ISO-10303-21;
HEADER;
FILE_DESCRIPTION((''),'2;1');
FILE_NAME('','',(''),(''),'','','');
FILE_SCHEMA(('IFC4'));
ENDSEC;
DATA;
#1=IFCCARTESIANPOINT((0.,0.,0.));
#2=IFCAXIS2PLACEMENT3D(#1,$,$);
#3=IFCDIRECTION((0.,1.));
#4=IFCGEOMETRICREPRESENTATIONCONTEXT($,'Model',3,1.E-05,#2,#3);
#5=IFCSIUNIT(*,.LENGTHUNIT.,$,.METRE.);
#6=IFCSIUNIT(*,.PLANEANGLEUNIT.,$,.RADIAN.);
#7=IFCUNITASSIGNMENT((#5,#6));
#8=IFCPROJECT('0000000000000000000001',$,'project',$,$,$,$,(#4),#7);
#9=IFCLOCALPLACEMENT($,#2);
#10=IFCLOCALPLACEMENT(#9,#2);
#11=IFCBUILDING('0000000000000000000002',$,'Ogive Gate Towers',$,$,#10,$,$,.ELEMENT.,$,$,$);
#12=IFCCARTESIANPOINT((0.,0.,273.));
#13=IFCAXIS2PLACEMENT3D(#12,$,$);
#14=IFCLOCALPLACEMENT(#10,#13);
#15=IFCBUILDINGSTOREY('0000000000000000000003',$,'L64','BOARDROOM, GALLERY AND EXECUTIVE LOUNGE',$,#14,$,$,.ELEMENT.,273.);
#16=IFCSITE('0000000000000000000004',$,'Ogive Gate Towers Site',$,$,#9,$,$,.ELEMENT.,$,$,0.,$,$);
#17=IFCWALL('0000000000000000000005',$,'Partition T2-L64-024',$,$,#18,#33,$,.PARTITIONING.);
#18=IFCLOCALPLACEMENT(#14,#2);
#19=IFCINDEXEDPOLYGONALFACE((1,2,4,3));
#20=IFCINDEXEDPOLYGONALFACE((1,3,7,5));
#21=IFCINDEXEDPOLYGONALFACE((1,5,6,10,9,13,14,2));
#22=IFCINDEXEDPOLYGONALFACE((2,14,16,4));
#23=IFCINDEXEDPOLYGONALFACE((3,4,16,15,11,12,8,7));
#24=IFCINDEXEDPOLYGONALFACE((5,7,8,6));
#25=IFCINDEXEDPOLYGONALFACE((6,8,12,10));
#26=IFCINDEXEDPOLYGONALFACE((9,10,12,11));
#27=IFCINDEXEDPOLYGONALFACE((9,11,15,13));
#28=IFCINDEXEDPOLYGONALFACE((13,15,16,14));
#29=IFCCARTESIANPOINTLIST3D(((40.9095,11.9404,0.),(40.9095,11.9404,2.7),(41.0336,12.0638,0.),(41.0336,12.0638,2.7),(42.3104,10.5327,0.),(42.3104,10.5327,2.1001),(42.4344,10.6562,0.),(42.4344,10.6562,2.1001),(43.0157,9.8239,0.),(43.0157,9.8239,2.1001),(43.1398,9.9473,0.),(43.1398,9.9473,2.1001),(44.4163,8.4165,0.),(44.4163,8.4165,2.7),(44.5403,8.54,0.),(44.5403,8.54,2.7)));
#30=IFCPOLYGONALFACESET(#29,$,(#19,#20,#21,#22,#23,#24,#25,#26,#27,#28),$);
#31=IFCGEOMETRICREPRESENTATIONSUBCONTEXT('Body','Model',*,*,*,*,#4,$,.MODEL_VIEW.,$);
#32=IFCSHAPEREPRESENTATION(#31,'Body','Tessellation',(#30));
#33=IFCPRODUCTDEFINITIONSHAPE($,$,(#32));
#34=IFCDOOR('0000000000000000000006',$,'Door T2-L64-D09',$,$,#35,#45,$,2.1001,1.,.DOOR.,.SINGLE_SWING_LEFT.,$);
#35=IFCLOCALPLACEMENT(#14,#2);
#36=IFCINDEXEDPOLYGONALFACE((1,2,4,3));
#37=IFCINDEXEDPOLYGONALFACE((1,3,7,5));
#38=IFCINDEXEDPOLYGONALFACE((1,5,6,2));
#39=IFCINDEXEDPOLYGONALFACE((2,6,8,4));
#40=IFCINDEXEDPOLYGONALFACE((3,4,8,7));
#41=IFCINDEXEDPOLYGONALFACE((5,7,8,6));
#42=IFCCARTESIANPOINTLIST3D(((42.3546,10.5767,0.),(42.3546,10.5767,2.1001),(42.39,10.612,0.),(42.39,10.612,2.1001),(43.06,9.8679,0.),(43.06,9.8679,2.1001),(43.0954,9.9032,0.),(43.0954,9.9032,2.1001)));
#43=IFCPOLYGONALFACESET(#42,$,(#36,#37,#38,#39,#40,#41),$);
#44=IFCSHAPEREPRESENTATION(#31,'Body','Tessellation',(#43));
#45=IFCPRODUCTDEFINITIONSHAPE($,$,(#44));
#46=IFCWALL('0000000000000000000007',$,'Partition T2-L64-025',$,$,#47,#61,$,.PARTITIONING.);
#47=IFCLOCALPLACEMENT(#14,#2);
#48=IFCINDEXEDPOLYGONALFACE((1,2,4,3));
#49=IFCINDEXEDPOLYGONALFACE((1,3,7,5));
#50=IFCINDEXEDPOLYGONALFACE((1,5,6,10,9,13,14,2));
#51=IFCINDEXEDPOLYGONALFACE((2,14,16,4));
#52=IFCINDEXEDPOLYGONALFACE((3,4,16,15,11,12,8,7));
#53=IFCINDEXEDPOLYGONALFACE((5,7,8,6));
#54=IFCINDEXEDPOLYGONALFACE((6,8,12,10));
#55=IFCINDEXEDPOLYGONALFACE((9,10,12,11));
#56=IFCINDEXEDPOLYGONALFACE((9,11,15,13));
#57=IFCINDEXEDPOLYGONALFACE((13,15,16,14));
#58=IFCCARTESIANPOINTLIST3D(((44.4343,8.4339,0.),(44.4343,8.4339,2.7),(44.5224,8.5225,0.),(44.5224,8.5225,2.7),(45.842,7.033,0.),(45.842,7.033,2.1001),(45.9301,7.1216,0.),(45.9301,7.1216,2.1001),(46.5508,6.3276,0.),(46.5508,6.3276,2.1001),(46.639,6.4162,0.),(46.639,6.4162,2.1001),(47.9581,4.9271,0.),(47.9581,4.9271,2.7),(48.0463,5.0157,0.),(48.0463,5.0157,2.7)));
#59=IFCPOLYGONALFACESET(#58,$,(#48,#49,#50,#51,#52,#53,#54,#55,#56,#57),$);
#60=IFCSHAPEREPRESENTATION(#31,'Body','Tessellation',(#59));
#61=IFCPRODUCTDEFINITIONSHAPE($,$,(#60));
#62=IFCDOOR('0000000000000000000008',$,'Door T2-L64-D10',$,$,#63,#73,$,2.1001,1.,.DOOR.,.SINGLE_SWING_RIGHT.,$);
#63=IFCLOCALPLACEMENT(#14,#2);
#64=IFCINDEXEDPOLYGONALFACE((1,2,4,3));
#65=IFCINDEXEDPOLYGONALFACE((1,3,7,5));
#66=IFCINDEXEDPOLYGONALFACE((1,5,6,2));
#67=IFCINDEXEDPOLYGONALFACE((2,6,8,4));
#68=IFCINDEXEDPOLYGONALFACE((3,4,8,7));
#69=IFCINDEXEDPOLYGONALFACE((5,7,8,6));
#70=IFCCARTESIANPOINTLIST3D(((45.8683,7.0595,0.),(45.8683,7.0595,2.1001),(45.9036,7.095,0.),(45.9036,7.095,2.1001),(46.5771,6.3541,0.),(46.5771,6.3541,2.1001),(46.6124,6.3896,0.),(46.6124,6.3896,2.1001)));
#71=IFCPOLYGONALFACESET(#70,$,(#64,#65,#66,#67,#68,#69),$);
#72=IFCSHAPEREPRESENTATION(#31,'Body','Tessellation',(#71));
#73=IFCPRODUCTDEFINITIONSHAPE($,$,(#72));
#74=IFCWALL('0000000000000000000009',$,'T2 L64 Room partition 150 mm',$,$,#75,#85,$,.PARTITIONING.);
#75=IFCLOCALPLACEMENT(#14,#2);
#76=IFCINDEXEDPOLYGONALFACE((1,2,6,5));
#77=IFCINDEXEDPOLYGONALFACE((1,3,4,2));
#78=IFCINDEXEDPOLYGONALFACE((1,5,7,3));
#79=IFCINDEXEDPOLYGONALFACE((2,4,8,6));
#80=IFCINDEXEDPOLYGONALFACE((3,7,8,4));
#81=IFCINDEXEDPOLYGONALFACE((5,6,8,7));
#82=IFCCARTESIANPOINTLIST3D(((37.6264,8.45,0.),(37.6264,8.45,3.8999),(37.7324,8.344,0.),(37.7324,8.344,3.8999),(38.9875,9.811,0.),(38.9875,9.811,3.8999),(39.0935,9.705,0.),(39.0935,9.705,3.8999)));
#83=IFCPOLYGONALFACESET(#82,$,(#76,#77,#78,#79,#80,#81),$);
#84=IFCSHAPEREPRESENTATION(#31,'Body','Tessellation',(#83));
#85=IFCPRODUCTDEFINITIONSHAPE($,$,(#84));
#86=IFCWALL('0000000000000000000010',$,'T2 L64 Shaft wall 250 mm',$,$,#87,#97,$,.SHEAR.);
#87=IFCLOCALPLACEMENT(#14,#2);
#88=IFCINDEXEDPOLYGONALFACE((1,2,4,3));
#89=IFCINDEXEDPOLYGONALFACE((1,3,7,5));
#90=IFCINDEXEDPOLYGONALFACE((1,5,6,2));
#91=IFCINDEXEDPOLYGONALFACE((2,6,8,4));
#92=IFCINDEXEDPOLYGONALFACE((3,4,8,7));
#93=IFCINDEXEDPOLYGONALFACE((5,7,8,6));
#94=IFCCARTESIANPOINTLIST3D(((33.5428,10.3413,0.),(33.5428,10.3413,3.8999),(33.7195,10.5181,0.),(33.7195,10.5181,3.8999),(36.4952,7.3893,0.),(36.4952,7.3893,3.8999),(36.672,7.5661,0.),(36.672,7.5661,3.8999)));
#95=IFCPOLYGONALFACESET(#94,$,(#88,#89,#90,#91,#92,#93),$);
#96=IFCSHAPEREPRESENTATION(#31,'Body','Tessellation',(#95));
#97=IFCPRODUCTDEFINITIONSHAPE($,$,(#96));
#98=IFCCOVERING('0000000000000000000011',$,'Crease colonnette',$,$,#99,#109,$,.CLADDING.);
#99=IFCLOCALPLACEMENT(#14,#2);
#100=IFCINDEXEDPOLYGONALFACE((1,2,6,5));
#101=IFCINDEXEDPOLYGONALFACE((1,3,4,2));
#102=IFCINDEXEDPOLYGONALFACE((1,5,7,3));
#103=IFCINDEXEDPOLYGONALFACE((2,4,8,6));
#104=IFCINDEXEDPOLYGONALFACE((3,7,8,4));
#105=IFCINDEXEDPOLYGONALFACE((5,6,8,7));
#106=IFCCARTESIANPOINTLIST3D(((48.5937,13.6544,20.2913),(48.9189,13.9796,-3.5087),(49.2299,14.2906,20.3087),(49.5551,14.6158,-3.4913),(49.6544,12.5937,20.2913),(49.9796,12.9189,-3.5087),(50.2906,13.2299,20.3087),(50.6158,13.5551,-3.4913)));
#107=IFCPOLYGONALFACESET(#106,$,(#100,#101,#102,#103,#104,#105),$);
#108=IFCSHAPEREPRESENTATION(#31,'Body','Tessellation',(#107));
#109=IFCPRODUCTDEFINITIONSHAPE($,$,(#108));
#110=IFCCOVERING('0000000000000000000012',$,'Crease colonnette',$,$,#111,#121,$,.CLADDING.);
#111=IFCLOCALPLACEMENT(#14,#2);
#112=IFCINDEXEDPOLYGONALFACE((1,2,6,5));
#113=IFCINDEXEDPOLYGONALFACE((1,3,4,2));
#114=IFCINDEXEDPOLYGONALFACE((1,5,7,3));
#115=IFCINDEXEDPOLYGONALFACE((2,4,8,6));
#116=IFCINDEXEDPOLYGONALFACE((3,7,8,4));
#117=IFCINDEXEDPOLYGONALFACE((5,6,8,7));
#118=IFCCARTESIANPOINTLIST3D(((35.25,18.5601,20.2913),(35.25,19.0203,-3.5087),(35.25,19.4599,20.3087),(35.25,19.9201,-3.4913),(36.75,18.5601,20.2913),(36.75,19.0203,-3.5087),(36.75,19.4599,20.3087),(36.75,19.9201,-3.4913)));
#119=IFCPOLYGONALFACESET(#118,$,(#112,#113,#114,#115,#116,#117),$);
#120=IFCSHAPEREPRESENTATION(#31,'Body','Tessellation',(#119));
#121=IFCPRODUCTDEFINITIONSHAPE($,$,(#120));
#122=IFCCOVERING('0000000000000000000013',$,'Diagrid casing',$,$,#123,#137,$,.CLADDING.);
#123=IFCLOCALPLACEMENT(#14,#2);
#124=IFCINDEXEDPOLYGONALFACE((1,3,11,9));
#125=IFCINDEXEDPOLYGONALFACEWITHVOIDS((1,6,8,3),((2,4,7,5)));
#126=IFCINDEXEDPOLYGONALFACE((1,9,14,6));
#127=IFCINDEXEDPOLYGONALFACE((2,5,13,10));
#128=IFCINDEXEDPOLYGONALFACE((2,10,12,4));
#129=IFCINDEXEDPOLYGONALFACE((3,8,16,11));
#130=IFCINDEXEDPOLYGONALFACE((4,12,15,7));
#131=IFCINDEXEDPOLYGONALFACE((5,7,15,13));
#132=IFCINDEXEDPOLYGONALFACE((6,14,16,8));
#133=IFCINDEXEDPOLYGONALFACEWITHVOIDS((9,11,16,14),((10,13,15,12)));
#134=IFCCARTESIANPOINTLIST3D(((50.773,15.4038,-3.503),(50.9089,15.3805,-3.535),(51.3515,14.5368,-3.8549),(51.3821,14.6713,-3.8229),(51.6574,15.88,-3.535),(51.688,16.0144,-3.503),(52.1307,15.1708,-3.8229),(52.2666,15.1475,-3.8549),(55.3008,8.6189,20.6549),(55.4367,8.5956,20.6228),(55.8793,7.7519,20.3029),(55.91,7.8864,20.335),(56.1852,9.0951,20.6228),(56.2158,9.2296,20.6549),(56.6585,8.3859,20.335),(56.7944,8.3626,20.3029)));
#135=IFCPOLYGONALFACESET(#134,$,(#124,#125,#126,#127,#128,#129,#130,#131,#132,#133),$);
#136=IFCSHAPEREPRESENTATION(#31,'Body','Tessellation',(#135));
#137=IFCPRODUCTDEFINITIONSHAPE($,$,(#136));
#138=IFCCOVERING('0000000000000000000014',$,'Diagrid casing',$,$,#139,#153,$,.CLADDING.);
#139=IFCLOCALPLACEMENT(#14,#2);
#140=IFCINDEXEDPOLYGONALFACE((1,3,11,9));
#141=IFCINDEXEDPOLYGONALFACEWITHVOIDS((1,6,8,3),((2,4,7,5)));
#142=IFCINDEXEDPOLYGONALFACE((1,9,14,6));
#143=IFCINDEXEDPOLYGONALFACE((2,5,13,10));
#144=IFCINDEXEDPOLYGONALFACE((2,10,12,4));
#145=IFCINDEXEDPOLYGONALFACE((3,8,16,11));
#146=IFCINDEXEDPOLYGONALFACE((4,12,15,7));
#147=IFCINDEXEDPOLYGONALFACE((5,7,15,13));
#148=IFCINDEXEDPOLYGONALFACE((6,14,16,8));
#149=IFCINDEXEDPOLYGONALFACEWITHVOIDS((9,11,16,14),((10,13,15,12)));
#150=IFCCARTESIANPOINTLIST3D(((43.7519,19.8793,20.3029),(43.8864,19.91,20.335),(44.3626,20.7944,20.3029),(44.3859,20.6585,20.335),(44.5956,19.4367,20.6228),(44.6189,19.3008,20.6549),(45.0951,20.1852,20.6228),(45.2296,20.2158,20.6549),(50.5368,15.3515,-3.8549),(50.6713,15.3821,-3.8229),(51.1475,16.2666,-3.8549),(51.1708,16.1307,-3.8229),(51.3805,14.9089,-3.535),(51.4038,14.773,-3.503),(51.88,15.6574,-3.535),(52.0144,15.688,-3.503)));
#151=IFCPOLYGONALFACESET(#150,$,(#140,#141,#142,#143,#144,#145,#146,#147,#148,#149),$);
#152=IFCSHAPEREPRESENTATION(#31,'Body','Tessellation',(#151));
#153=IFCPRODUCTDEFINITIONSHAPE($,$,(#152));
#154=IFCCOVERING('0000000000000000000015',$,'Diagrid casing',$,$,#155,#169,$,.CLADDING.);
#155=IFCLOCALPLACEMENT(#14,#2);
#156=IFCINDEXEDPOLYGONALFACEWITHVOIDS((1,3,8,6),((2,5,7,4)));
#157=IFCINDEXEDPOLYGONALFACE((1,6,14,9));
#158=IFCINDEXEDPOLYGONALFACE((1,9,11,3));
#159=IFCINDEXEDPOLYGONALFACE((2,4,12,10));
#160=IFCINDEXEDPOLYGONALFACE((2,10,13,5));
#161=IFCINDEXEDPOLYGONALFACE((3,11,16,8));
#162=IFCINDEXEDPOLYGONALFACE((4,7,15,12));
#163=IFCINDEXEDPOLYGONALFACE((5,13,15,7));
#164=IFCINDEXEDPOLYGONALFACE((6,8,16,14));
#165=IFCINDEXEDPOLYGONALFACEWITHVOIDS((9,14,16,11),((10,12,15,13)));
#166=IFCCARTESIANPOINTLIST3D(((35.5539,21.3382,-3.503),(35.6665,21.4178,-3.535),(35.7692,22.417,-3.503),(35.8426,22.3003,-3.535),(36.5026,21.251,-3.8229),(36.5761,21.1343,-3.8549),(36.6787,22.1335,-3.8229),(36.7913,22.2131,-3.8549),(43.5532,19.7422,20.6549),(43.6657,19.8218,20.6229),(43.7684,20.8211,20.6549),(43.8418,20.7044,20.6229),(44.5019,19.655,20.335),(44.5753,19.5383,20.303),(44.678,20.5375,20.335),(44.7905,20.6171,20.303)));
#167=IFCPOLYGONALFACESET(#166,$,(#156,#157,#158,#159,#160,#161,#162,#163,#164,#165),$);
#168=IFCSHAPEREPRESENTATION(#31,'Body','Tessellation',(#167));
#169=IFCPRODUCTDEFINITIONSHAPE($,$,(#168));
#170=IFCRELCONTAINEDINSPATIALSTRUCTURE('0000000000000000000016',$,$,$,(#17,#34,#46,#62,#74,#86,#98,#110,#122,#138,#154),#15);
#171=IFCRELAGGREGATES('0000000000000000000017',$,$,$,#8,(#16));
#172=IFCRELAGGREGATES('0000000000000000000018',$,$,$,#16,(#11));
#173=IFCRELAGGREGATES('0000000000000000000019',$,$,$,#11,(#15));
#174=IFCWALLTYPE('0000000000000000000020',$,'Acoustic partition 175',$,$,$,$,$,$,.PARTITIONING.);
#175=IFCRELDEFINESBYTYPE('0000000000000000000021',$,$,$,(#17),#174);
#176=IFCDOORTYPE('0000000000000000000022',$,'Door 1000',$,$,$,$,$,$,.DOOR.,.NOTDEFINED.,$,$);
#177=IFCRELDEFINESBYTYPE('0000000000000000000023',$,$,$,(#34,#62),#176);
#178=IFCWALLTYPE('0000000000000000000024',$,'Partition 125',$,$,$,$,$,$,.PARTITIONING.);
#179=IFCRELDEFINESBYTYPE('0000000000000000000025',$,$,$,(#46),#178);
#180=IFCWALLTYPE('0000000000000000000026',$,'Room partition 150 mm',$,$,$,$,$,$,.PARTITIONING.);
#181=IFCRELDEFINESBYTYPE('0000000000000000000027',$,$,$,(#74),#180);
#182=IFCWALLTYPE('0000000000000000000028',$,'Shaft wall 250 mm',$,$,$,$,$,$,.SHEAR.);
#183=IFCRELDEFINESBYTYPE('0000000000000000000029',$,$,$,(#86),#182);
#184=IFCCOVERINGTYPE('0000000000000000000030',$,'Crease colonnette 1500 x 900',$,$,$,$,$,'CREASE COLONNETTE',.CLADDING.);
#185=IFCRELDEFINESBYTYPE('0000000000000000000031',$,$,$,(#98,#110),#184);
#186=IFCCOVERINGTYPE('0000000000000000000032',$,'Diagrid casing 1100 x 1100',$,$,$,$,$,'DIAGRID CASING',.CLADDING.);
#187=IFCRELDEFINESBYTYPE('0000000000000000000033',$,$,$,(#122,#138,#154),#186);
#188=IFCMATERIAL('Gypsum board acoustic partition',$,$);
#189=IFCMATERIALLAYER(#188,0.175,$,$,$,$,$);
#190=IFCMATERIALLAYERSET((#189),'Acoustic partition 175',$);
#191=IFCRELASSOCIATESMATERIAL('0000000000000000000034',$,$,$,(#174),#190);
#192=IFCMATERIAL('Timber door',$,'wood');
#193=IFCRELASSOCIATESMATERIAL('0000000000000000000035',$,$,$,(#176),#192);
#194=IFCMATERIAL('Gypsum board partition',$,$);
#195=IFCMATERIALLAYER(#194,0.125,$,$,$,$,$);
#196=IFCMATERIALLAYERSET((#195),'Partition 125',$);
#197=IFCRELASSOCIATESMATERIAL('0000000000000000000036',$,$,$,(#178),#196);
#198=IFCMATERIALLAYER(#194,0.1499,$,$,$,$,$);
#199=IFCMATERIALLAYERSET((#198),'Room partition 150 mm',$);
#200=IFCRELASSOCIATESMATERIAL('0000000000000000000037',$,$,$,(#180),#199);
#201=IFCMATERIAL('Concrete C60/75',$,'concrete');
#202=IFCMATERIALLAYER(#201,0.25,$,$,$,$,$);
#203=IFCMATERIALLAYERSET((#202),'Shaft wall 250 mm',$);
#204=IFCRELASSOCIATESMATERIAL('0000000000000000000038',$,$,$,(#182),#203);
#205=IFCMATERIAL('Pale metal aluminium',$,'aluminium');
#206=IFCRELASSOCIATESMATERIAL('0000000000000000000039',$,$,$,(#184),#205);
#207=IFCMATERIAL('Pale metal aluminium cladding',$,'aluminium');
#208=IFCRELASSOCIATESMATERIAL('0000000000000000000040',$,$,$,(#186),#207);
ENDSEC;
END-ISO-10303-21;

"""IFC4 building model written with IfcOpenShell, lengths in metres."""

from ifc_helpers import new_model, si_unit, direction, frame, frame_2d, origin, origin_2d, place, context, subcontext, project, spatial, rectangle, hollow_rectangle, extrude, material, layer, layer_set, material_profile, profile_set, type_object, element, fill, save


model = new_model("IFC4")

# Units and contexts
model_context = context("Model", 3, precision=1e-05, world=origin(), true_north=direction((0.0, 1.0)))
body_context = subcontext(model_context, "Body", "Model", "MODEL_VIEW")
ifc_project = project(units=[si_unit("LENGTHUNIT", "METRE"), si_unit("PLANEANGLEUNIT", "RADIAN")], contexts=[model_context])

# Site, building, storey
site_placement = place(None, origin())
site = spatial("IfcSite", under=ifc_project, at=site_placement, Name="Ogive Gate Towers Site", CompositionType="ELEMENT", RefElevation=0.0)
building_placement = place(site_placement, origin())
building = spatial("IfcBuilding", under=site, at=building_placement, Name="Ogive Gate Towers", CompositionType="ELEMENT")
storey_placement = place(building_placement, frame((0.0, 0.0, 273.0)))
storey = spatial("IfcBuildingStorey", under=building, at=storey_placement, Name="L64", Description="BOARDROOM, GALLERY AND EXECUTIVE LOUNGE", CompositionType="ELEMENT", Elevation=273.0)

# Shared definitions
ifc_material_1 = material(Name="Gypsum board acoustic partition")
ifc_layer_1 = layer(ifc_material_1, 0.175)
ifc_layer_set_1 = layer_set([ifc_layer_1], Name="Acoustic partition 175")
wall_type_1 = type_object("IfcWallType", Name="Acoustic partition 175", PredefinedType="PARTITIONING", material=ifc_layer_set_1)

# Walls, openings, doors
ifc_material_2 = material(Name="Timber door", Category="wood")
door_type = type_object("IfcDoorType", Name="Door 1000", OperationType="NOTDEFINED", PredefinedType="DOOR", material=ifc_material_2)
wall_1_placement = place(storey_placement, frame((40.9714, 12.0022, 0.0), z_axis=(0.0, 0.0, 1.0), x_axis=(0.705386, -0.708823, 0.0)))
wall_1 = element("IfcWall", 1, at=wall_1_placement, inside=storey, type_object=wall_type_1, Name="Partition T2-L64-024", PredefinedType="PARTITIONING", context=body_context, shape_type="SweptSolid", body=[
    extrude(rectangle(XDim=4.9714, YDim=0.175, at=frame_2d((2.4858, 0.0))), origin(), (0.0, 0.0, 1.0), 2.7),
])
opening_1_placement = place(wall_1_placement, frame((1.9861, 0.0, 0.0)))
opening_1 = element("IfcOpeningElement", 2, at=opening_1_placement, cuts=wall_1, PredefinedType="OPENING", context=body_context, shape_type="SweptSolid", body=[
    extrude(rectangle(XDim=1.0, YDim=2.1001, at=frame_2d((0.5, 1.05))), frame((0.0, 0.0977, 0.0), z_axis=(0.0, -1.0, 0.0), x_axis=(1.0, 0.0, 0.0)), (0.0, 0.0, 1.0), 0.1951),
])
door_1_placement = place(opening_1_placement, origin())
door_1 = element("IfcDoor", 3, at=door_1_placement, inside=storey, type_object=door_type, Name="Door T2-L64-D09", OperationType="SINGLE_SWING_LEFT", OverallHeight=2.1001, OverallWidth=1.0, PredefinedType="DOOR", context=body_context, shape_type="SweptSolid", body=[
    extrude(rectangle(XDim=1.0, YDim=2.1001, at=frame_2d((0.5, 1.05))), frame((0.0, 0.0249, 0.0), z_axis=(0.0, -1.0, 0.0), x_axis=(1.0, 0.0, 0.0)), (0.0, 0.0, 1.0), 0.05),
])
fill(opening_1, door_1)
ifc_material_3 = material(Name="Gypsum board partition")
ifc_layer_2 = layer(ifc_material_3, 0.125)
ifc_layer_set_2 = layer_set([ifc_layer_2], Name="Partition 125")
wall_type_2 = type_object("IfcWallType", Name="Partition 125", PredefinedType="PARTITIONING", material=ifc_layer_set_2)
wall_2_placement = place(storey_placement, frame((44.4783, 8.4783, 0.0), z_axis=(0.0, 0.0, 1.0), x_axis=(0.708823, -0.705386, 0.0)))
wall_2 = element("IfcWall", 4, at=wall_2_placement, inside=storey, type_object=wall_type_2, Name="Partition T2-L64-025", PredefinedType="PARTITIONING", context=body_context, shape_type="SweptSolid", body=[
    extrude(rectangle(XDim=4.9714, YDim=0.125, at=frame_2d((2.4858, 0.0))), origin(), (0.0, 0.0, 1.0), 2.7),
])
opening_2_placement = place(wall_2_placement, frame((1.9861, 0.0, 0.0)))
opening_2 = element("IfcOpeningElement", 5, at=opening_2_placement, cuts=wall_2, PredefinedType="OPENING", context=body_context, shape_type="SweptSolid", body=[
    extrude(rectangle(XDim=1.0, YDim=2.1001, at=frame_2d((0.5, 1.05))), frame((0.0, 0.0725, 0.0), z_axis=(0.0, -1.0, 0.0), x_axis=(1.0, 0.0, 0.0)), (0.0, 0.0, 1.0), 0.145),
])
door_2_placement = place(opening_2_placement, origin())
door_2 = element("IfcDoor", 6, at=door_2_placement, inside=storey, type_object=door_type, Name="Door T2-L64-D10", OperationType="SINGLE_SWING_RIGHT", OverallHeight=2.1001, OverallWidth=1.0, PredefinedType="DOOR", context=body_context, shape_type="SweptSolid", body=[
    extrude(rectangle(XDim=1.0, YDim=2.1001, at=frame_2d((0.5, 1.05))), frame((0.0, 0.0249, 0.0), z_axis=(0.0, -1.0, 0.0), x_axis=(1.0, 0.0, 0.0)), (0.0, 0.0, 1.0), 0.05),
])
fill(opening_2, door_2)

# Walls
ifc_layer_3 = layer(ifc_material_3, 0.1499)
ifc_layer_set_3 = layer_set([ifc_layer_3], Name="Room partition 150 mm")
wall_type_3 = type_object("IfcWallType", Name="Room partition 150 mm", PredefinedType="PARTITIONING", material=ifc_layer_set_3)
wall_3_placement = place(storey_placement, frame((37.6794, 8.397, 0.0), z_axis=(0.0, 0.0, 1.0), x_axis=(0.707107, 0.707107, 0.0)))
element("IfcWall", 7, at=wall_3_placement, inside=storey, type_object=wall_type_3, Name="T2 L64 Room partition 150 mm", PredefinedType="PARTITIONING", context=body_context, shape_type="SweptSolid", body=[
    extrude(rectangle(XDim=1.9248, YDim=0.1499, at=frame_2d((0.9624, 0.0))), origin(), (0.0, 0.0, 1.0), 3.8999),
])
ifc_material_4 = material(Name="Concrete C60/75", Category="concrete")
ifc_layer_4 = layer(ifc_material_4, 0.25)
ifc_layer_set_4 = layer_set([ifc_layer_4], Name="Shaft wall 250 mm")
wall_type_4 = type_object("IfcWallType", Name="Shaft wall 250 mm", PredefinedType="SHEAR", material=ifc_layer_set_4)
wall_4_placement = place(storey_placement, frame((36.5835, 7.4778, 0.0), z_axis=(0.0, 0.0, 1.0), x_axis=(-0.707165, 0.707048, 0.0)))
element("IfcWall", 8, at=wall_4_placement, inside=storey, type_object=wall_type_4, Name="T2 L64 Shaft wall 250 mm", PredefinedType="SHEAR", context=body_context, shape_type="SweptSolid", body=[
    extrude(rectangle(XDim=4.175, YDim=0.25, at=frame_2d((2.0874, 0.0))), origin(), (0.0, 0.0, 1.0), 3.8999),
])

# Coverings
ifc_material_5 = material(Name="Pale metal aluminium", Category="aluminium")
ifc_material_profile_1 = material_profile(ifc_material_5, rectangle(XDim=1.5, YDim=0.8999, at=origin_2d()), Name="1500 x 900 pale metal aluminium")
ifc_profile_set_1 = profile_set([ifc_material_profile_1], Name="Pale metal aluminium")
covering_type_1 = type_object("IfcCoveringType", Name="Crease colonnette 1500 x 900", ElementType="CREASE COLONNETTE", PredefinedType="CLADDING", material=ifc_profile_set_1)
for number, where, z_axis, x_axis, name in (
    (9, (49.7673, 13.7673, -3.5), (-0.013661, -0.013661, 0.999813), (0.707107, -0.707107, 0.0), "Crease colonnette"),
    (10, (36.0, 19.4702, -3.5), (0.0, -0.019333, 0.999813), (1.0, 0.0, 0.0), "Crease colonnette"),
):
    element("IfcCovering", number, at=place(storey_placement, frame(where, z_axis=z_axis, x_axis=x_axis)), inside=storey, type_object=covering_type_1, Name=name, PredefinedType="CLADDING", context=body_context, shape_type="SweptSolid", body=[
        extrude(rectangle(XDim=1.5, YDim=0.8999, at=origin_2d()), origin(), (0.0, 0.0, 1.0), 23.8044),
    ])
ifc_material_6 = material(Name="Pale metal aluminium cladding", Category="aluminium")
ifc_material_profile_2 = material_profile(ifc_material_6, hollow_rectangle(XDim=1.1001, YDim=1.1001, WallThickness=0.1001, at=origin_2d()), Name="1100 x 1100 pale metal casing")
ifc_profile_set_2 = profile_set([ifc_material_profile_2], Name="Pale metal aluminium cladding")
covering_type_2 = type_object("IfcCoveringType", Name="Diagrid casing 1100 x 1100", ElementType="DIAGRID CASING", PredefinedType="CLADDING", material=ifc_profile_set_2)
for number, where, z_axis, x_axis, name in (
    (11, (51.5198, 15.2756, -3.679), (0.177577, -0.266097, 0.947449), (0.831792, 0.555087, 0.0), "Diagrid casing"),
    (12, (51.2756, 15.5198, -3.679), (-0.266097, 0.177577, 0.947449), (-0.555087, -0.831792, 0.0), "Diagrid casing"),
    (13, (36.1726, 21.7756, -3.679), (0.313723, -0.062591, 0.947449), (0.195656, 0.980673, 0.0), "Diagrid casing"),
):
    element("IfcCovering", number, at=place(storey_placement, frame(where, z_axis=z_axis, x_axis=x_axis)), inside=storey, type_object=covering_type_2, Name=name, PredefinedType="CLADDING", context=body_context, shape_type="SweptSolid", body=[
        extrude(hollow_rectangle(XDim=1.1001, YDim=1.1001, WallThickness=0.1001, at=origin_2d()), origin(), (0.0, 0.0, 1.0), 25.4978),
    ])

save(model, "model.ifc")
